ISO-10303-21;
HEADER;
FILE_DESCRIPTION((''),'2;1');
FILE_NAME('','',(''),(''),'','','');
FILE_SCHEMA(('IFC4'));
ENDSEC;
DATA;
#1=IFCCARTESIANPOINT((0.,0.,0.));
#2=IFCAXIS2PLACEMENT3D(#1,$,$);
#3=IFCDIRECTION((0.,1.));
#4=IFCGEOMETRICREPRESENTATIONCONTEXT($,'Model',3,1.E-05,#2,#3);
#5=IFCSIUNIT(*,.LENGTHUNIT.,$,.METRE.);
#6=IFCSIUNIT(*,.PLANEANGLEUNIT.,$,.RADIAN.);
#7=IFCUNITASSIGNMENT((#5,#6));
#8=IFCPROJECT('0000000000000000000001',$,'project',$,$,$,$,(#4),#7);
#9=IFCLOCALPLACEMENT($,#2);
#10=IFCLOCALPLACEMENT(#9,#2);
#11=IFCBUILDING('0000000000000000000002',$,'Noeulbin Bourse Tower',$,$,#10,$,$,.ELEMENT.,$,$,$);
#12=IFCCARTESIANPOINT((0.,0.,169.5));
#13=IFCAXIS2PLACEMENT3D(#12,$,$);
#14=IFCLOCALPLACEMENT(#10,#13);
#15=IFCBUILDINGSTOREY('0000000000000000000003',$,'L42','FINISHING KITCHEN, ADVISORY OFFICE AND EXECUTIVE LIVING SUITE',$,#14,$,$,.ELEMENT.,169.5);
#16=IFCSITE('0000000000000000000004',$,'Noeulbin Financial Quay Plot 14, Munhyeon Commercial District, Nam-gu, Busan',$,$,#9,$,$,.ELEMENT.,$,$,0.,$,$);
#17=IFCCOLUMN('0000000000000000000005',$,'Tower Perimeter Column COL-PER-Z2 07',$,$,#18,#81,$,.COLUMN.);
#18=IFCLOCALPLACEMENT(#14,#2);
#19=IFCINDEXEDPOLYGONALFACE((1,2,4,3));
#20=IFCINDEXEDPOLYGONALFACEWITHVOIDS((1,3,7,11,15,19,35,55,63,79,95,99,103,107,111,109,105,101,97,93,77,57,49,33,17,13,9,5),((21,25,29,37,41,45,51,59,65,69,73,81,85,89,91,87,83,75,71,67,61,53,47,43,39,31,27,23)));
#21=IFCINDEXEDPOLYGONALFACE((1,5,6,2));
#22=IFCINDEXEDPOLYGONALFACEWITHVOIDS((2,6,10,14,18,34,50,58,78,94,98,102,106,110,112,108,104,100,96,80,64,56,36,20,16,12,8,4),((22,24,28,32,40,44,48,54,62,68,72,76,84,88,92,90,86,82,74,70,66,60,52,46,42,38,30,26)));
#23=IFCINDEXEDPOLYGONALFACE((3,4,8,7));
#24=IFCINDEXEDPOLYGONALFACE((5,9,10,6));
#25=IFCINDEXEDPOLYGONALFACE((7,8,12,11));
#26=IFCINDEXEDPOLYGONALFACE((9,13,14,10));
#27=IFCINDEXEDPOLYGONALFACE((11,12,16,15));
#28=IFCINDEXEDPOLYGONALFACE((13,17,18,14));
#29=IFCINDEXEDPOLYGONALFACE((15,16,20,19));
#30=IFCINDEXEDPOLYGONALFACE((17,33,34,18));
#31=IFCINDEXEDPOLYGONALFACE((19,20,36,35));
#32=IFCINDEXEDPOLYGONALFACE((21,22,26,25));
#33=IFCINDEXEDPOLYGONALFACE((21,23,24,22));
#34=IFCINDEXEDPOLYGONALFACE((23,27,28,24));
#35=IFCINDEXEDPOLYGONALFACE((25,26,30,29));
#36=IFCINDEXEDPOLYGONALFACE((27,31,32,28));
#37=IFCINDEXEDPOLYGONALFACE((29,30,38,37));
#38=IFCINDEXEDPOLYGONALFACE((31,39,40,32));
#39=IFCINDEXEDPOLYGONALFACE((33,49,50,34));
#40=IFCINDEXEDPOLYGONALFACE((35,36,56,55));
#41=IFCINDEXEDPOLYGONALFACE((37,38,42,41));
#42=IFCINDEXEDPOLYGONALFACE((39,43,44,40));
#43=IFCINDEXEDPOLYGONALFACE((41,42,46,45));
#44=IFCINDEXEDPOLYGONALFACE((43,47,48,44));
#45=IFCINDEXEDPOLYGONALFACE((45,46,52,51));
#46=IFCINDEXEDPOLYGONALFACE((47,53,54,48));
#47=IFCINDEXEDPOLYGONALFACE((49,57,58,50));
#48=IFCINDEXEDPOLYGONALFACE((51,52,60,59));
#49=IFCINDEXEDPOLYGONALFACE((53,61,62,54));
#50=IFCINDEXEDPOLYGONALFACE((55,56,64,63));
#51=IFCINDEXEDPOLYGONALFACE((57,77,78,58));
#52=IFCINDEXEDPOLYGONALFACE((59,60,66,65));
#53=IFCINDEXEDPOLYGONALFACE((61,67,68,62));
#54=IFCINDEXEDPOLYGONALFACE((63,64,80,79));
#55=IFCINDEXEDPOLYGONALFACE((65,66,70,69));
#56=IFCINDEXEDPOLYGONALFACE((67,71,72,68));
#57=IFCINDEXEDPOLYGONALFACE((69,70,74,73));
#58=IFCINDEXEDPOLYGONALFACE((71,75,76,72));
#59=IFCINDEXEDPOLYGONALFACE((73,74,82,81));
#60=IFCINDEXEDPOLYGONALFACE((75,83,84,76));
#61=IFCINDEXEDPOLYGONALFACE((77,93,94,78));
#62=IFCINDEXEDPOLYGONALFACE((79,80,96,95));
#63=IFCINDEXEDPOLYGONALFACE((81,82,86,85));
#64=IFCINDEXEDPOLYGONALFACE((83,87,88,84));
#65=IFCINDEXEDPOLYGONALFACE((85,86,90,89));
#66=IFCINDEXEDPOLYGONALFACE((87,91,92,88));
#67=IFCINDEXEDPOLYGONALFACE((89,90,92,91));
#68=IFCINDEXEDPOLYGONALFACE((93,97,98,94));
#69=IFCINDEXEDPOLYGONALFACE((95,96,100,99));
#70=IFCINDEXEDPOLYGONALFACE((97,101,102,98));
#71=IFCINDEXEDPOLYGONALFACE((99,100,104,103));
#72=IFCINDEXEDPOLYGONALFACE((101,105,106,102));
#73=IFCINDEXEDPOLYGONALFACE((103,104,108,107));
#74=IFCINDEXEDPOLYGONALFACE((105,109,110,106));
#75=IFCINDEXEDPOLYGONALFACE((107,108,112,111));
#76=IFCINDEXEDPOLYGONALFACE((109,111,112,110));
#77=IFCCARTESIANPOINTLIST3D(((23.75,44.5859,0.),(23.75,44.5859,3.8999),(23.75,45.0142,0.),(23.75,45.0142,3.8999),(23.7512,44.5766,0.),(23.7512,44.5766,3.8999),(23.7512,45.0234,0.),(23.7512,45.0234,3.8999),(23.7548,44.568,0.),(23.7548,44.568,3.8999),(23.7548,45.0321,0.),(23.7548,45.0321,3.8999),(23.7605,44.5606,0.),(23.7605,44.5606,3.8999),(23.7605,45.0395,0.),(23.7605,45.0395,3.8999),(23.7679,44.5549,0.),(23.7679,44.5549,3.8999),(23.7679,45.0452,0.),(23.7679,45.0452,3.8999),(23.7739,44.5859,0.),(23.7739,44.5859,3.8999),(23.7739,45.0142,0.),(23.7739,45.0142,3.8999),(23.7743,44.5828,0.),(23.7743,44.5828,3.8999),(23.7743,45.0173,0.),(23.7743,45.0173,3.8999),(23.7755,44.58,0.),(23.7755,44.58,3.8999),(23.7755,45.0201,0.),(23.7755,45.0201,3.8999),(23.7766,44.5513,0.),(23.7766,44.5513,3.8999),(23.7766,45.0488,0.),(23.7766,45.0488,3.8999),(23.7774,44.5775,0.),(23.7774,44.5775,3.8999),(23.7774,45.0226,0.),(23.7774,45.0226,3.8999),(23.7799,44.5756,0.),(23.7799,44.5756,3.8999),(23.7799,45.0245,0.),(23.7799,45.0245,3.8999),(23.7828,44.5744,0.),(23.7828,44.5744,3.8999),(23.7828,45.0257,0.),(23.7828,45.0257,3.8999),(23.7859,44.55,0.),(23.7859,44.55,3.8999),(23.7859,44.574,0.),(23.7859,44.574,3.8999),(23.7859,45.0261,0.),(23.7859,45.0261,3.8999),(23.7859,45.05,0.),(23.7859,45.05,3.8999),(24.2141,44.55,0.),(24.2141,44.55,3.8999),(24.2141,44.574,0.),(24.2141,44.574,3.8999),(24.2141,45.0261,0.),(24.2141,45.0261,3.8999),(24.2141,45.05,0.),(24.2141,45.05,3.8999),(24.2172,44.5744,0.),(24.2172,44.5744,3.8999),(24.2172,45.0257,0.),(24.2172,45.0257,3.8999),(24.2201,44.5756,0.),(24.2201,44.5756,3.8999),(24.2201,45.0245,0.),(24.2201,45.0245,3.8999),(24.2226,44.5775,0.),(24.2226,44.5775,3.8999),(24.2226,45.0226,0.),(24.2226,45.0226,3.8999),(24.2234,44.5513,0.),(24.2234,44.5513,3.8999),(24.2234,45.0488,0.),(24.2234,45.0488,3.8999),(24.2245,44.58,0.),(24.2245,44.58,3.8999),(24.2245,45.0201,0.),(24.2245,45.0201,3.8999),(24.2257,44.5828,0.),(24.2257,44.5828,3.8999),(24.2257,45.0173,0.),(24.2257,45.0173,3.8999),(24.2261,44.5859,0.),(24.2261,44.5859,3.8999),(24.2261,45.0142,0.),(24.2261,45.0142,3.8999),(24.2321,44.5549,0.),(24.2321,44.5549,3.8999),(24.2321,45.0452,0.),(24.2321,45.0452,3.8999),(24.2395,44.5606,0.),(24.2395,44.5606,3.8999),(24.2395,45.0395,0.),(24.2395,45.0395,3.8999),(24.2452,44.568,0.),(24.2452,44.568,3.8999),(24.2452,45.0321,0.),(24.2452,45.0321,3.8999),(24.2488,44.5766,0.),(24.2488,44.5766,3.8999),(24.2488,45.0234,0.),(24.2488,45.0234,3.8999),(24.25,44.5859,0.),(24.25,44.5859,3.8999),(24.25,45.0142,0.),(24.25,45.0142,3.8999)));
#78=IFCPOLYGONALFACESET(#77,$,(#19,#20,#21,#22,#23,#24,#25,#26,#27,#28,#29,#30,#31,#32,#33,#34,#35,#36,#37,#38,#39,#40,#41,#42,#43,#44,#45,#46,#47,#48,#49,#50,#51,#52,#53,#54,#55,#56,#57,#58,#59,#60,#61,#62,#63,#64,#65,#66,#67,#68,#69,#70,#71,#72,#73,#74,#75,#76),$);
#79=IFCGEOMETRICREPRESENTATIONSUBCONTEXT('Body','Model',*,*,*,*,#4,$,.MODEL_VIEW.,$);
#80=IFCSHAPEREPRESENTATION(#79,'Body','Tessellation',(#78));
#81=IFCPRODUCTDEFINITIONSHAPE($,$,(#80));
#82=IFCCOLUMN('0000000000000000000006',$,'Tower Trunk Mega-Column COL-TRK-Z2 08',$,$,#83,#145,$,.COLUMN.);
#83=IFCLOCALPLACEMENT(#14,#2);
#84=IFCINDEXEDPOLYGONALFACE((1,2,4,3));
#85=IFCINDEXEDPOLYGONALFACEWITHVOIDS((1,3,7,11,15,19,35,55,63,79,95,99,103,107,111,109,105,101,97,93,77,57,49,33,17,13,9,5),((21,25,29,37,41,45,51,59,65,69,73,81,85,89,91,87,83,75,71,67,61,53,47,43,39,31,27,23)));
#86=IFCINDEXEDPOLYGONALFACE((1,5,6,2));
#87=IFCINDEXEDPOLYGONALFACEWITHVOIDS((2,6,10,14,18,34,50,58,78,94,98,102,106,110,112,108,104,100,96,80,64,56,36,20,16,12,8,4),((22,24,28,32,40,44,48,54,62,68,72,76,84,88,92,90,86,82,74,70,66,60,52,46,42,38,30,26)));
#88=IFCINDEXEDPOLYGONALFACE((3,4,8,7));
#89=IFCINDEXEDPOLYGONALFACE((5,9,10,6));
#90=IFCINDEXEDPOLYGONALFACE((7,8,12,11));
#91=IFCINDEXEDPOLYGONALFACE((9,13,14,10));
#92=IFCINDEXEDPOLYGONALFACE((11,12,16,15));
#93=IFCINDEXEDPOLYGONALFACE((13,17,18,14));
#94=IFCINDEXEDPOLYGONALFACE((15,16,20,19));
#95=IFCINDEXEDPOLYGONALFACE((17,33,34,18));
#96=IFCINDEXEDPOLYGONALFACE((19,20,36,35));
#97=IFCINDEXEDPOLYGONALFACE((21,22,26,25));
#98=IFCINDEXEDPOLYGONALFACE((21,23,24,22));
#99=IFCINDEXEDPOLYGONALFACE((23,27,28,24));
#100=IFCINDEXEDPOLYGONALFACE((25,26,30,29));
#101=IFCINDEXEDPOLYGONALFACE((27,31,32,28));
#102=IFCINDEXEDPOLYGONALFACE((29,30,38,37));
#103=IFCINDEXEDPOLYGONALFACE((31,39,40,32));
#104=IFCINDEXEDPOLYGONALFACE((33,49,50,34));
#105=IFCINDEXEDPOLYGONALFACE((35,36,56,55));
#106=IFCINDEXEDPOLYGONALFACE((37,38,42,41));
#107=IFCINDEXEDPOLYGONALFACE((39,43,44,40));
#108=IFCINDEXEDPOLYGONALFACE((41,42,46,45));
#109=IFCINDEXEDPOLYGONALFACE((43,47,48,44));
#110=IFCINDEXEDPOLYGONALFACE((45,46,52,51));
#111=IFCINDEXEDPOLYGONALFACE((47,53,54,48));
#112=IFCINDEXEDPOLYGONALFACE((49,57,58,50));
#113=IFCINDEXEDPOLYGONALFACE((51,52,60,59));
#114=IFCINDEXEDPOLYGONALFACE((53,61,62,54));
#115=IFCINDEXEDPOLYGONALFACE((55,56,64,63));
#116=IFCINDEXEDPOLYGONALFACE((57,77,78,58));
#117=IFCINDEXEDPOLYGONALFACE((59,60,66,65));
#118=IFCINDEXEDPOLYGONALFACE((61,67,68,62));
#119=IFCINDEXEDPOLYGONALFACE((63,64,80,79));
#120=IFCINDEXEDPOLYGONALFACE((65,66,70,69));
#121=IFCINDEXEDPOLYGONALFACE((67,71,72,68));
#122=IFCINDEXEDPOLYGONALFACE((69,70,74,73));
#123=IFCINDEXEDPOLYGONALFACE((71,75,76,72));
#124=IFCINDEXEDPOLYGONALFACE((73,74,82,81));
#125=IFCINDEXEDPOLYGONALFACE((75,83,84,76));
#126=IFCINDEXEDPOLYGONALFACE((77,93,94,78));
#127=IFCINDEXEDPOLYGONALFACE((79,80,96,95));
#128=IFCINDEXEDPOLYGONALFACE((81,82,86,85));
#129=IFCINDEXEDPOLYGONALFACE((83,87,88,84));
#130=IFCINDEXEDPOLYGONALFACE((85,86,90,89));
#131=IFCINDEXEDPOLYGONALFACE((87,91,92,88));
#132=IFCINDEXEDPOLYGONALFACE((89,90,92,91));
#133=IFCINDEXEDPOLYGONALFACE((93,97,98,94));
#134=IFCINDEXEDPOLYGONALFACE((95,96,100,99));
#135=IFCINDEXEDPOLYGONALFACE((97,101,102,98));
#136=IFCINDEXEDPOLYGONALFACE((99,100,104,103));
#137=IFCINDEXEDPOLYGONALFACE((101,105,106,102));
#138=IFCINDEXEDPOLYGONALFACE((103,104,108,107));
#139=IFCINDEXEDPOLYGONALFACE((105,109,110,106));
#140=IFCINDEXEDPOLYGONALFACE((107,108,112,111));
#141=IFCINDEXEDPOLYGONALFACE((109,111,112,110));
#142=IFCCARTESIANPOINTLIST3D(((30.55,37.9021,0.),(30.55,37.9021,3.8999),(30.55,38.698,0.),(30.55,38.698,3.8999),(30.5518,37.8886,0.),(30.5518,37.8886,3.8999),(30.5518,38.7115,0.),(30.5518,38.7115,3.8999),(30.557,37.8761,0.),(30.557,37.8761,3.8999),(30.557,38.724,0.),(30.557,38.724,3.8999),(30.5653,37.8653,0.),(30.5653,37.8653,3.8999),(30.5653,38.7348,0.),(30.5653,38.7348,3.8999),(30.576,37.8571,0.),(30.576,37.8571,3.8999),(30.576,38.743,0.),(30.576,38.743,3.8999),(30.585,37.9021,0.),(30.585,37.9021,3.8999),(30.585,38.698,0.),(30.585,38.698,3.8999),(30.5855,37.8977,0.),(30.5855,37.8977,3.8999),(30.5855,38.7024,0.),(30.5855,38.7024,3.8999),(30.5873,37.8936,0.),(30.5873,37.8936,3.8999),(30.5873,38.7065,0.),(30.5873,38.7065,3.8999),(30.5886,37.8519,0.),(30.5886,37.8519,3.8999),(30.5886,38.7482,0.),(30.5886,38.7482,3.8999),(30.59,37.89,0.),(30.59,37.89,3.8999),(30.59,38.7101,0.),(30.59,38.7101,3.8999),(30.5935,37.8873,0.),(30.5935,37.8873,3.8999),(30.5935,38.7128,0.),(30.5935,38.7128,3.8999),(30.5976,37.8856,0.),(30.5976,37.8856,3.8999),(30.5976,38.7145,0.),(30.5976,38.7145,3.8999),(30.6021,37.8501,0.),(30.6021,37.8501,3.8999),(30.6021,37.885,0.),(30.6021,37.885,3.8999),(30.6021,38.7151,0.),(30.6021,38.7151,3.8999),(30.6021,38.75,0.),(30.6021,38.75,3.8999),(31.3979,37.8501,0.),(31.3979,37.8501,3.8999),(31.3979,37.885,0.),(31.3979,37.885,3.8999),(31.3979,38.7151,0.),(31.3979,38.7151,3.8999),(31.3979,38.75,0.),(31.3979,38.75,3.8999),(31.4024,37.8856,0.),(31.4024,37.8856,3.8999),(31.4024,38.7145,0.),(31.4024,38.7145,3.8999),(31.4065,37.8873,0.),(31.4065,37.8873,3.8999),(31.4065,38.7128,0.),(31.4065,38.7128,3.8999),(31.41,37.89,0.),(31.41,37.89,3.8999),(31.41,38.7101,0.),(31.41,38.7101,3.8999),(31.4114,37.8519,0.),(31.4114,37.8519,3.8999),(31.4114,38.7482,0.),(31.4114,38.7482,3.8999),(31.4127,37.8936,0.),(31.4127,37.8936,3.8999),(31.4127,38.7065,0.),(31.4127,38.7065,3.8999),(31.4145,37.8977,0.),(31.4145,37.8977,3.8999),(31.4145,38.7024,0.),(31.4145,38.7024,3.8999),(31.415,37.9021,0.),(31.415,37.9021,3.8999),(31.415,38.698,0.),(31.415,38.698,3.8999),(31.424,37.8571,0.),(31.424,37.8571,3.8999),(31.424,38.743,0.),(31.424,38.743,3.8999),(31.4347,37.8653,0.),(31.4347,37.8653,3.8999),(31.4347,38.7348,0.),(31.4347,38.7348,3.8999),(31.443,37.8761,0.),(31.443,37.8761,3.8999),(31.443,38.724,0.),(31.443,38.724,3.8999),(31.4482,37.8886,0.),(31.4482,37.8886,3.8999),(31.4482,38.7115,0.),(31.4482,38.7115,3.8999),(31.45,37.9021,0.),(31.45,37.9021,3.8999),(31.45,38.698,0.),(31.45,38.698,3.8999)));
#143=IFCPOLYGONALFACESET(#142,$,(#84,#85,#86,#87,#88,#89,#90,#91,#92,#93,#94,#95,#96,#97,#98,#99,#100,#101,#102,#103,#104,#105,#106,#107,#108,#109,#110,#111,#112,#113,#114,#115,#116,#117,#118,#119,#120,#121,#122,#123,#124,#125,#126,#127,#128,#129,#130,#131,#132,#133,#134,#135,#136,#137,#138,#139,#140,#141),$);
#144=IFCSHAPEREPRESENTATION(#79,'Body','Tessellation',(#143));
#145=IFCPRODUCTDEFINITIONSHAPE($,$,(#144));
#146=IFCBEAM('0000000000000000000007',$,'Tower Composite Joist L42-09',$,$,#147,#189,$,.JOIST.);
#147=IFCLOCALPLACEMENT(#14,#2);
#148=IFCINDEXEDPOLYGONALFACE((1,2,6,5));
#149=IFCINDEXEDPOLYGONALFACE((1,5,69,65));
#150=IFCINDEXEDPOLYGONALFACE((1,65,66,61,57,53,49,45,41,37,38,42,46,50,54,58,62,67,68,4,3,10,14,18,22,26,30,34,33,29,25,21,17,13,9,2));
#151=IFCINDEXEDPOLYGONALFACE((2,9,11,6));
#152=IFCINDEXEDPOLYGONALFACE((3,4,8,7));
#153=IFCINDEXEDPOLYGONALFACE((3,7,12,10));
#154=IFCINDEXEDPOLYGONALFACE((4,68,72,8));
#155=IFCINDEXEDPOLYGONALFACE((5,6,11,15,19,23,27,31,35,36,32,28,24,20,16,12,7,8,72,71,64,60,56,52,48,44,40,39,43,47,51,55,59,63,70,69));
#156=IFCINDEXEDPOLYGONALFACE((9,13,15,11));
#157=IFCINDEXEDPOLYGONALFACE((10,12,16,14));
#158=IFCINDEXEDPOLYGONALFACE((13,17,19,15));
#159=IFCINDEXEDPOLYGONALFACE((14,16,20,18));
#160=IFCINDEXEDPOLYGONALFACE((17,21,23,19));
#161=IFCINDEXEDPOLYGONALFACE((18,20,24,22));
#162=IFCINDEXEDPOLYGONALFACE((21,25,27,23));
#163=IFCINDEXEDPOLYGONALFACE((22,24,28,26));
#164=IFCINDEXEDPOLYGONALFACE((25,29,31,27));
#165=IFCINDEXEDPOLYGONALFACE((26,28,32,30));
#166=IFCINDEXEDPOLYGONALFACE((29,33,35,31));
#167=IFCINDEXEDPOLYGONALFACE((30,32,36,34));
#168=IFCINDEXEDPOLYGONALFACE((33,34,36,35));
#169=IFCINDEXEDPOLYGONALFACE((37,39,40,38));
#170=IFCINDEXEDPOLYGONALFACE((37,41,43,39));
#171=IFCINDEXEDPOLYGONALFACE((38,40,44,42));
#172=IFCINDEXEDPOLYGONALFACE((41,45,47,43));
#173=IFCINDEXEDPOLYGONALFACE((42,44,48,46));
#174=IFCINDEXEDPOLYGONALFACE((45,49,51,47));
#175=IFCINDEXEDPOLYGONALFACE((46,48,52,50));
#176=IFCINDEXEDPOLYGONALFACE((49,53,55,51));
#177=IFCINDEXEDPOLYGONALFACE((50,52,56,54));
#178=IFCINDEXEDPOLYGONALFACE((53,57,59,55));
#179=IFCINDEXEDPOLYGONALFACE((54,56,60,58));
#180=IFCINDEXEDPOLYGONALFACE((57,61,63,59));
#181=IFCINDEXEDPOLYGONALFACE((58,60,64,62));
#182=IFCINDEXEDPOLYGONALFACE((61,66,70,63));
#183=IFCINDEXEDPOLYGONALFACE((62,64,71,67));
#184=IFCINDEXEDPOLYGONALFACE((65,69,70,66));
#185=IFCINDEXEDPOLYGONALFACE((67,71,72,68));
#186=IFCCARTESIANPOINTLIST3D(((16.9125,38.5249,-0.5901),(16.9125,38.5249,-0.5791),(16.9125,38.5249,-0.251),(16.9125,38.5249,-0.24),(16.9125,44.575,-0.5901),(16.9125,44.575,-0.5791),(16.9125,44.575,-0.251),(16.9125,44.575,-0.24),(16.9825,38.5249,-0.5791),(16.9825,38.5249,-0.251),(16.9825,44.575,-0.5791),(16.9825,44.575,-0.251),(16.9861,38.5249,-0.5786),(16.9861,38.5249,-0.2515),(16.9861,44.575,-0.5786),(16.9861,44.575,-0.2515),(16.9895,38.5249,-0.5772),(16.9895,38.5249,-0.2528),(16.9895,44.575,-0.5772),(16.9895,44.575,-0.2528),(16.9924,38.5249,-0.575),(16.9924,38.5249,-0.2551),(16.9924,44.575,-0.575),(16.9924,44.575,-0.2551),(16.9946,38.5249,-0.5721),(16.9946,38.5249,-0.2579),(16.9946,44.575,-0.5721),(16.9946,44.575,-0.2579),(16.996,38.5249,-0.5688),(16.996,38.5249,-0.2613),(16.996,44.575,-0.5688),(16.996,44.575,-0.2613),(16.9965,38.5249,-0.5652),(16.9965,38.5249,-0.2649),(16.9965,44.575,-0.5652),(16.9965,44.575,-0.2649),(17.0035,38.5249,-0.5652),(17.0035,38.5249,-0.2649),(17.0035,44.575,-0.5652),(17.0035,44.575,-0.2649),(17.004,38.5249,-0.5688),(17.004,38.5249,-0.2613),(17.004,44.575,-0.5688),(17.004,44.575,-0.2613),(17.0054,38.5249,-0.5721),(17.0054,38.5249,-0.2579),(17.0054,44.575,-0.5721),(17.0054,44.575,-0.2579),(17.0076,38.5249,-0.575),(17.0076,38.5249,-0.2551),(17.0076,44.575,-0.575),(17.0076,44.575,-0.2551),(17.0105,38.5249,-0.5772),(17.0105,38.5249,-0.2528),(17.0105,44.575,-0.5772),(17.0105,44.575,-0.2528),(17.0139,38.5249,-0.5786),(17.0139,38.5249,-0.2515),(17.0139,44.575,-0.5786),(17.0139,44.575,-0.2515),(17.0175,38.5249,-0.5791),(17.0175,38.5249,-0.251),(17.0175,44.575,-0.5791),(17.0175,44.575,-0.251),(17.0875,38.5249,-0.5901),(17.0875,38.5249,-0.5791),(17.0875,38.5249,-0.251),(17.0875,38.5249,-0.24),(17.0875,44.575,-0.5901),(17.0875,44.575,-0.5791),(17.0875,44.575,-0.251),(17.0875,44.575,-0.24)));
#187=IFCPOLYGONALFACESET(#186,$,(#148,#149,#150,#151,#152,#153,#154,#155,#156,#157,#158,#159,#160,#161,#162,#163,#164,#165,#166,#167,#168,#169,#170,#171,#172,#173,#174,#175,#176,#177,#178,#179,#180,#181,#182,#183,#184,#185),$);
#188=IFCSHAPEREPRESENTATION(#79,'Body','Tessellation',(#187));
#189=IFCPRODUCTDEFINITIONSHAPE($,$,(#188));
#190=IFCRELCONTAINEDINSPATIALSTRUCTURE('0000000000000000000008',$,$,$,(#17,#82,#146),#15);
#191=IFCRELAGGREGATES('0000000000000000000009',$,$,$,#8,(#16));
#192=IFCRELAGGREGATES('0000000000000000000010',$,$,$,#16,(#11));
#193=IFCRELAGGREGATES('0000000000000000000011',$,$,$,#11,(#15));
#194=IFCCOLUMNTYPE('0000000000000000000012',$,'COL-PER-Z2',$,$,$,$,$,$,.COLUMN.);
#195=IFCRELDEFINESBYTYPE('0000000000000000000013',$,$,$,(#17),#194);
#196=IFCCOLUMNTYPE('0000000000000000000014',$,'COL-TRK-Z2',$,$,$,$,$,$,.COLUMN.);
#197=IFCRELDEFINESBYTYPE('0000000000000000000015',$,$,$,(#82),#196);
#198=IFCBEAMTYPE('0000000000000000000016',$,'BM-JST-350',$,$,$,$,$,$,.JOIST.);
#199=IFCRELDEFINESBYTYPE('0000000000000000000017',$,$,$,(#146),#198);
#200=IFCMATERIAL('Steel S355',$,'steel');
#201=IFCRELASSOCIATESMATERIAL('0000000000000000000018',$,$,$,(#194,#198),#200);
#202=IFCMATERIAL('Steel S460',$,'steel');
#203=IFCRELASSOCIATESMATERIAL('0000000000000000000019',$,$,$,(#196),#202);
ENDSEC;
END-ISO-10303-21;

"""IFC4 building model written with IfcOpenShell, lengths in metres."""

from ifc_helpers import new_model, si_unit, direction, frame, origin, origin_2d, place, context, subcontext, project, spatial, hollow_rectangle, i_section, extrude, material, material_profile, profile_set, type_object, element, save


model = new_model("IFC4")

# Units and contexts
model_context = context("Model", 3, precision=1e-05, world=origin(), true_north=direction((0.0, 1.0)))
body_context = subcontext(model_context, "Body", "Model", "MODEL_VIEW")
ifc_project = project(units=[si_unit("LENGTHUNIT", "METRE"), si_unit("PLANEANGLEUNIT", "RADIAN")], contexts=[model_context])

# Site, building, storey
site_placement = place(None, origin())
site = spatial("IfcSite", under=ifc_project, at=site_placement, Name="Noeulbin Financial Quay Plot 14, Munhyeon Commercial District, Nam-gu, Busan", CompositionType="ELEMENT", RefElevation=0.0)
building_placement = place(site_placement, origin())
building = spatial("IfcBuilding", under=site, at=building_placement, Name="Noeulbin Bourse Tower", CompositionType="ELEMENT")
storey_placement = place(building_placement, frame((0.0, 0.0, 169.5)))
storey = spatial("IfcBuildingStorey", under=building, at=storey_placement, Name="L42", Description="FINISHING KITCHEN, ADVISORY OFFICE AND EXECUTIVE LIVING SUITE", CompositionType="ELEMENT", Elevation=169.5)

# Columns
ifc_material_1 = material(Name="Steel S355", Category="steel")
ifc_material_profile_1 = material_profile(ifc_material_1, hollow_rectangle(XDim=0.5, YDim=0.5, WallThickness=0.0239, InnerFilletRadius=0.012, OuterFilletRadius=0.0359, at=origin_2d()), Name="BOX-500x500x24", Category="LoadBearing")
ifc_profile_set_1 = profile_set([ifc_material_profile_1], Name="Steel S355")
column_type_1 = type_object("IfcColumnType", Name="COL-PER-Z2", PredefinedType="COLUMN", material=ifc_profile_set_1)
column_1_placement = place(storey_placement, frame((24.0, 44.8, 0.0), z_axis=(0.0, 0.0, 1.0), x_axis=(1.0, 0.0, 0.0)))
element("IfcColumn", 1, at=column_1_placement, inside=storey, type_object=column_type_1, Name="Tower Perimeter Column COL-PER-Z2 07", PredefinedType="COLUMN", context=body_context, shape_type="SweptSolid", body=[
    extrude(hollow_rectangle(XDim=0.5, YDim=0.5, WallThickness=0.0239, InnerFilletRadius=0.012, OuterFilletRadius=0.0359, at=origin_2d()), origin(), (0.0, 0.0, 1.0), 3.8999),
])
ifc_material_2 = material(Name="Steel S460", Category="steel")
ifc_material_profile_2 = material_profile(ifc_material_2, hollow_rectangle(XDim=0.8999, YDim=0.8999, WallThickness=0.0349, InnerFilletRadius=0.0171, OuterFilletRadius=0.052, at=origin_2d()), Name="BOX-900x900x35", Category="LoadBearing")
ifc_profile_set_2 = profile_set([ifc_material_profile_2], Name="Steel S460")
column_type_2 = type_object("IfcColumnType", Name="COL-TRK-Z2", PredefinedType="COLUMN", material=ifc_profile_set_2)
column_2_placement = place(storey_placement, frame((31.0, 38.3, 0.0), z_axis=(0.0, 0.0, 1.0), x_axis=(1.0, 0.0, 0.0)))
element("IfcColumn", 2, at=column_2_placement, inside=storey, type_object=column_type_2, Name="Tower Trunk Mega-Column COL-TRK-Z2 08", PredefinedType="COLUMN", context=body_context, shape_type="SweptSolid", body=[
    extrude(hollow_rectangle(XDim=0.8999, YDim=0.8999, WallThickness=0.0349, InnerFilletRadius=0.0171, OuterFilletRadius=0.052, at=origin_2d()), origin(), (0.0, 0.0, 1.0), 3.8999),
])

# Beam
ifc_material_profile_3 = material_profile(ifc_material_1, i_section(OverallWidth=0.175, OverallDepth=0.3501, WebThickness=0.0071, FlangeThickness=0.011, FilletRadius=0.0139, at=origin_2d()), Name="H-350x175x7x11", Category="LoadBearing")
ifc_profile_set_3 = profile_set([ifc_material_profile_3], Name="Steel S355")
beam_type_1 = type_object("IfcBeamType", Name="BM-JST-350", PredefinedType="JOIST", material=ifc_profile_set_3)
for number, where, z_axis, x_axis, name in (
    (3, (17.0, 38.5249, -0.415), (0.0, 1.0, 0.0), (-1.0, 0.0, 0.0), "Tower Composite Joist L42-09"),
):
    element("IfcBeam", number, at=place(storey_placement, frame(where, z_axis=z_axis, x_axis=x_axis)), inside=storey, type_object=beam_type_1, Name=name, PredefinedType="JOIST", context=body_context, shape_type="SweptSolid", body=[
        extrude(i_section(OverallWidth=0.175, OverallDepth=0.3501, WebThickness=0.0071, FlangeThickness=0.011, FilletRadius=0.0139, at=origin_2d()), origin(), (0.0, 0.0, 1.0), 6.05),
    ])

save(model, "model.ifc")
